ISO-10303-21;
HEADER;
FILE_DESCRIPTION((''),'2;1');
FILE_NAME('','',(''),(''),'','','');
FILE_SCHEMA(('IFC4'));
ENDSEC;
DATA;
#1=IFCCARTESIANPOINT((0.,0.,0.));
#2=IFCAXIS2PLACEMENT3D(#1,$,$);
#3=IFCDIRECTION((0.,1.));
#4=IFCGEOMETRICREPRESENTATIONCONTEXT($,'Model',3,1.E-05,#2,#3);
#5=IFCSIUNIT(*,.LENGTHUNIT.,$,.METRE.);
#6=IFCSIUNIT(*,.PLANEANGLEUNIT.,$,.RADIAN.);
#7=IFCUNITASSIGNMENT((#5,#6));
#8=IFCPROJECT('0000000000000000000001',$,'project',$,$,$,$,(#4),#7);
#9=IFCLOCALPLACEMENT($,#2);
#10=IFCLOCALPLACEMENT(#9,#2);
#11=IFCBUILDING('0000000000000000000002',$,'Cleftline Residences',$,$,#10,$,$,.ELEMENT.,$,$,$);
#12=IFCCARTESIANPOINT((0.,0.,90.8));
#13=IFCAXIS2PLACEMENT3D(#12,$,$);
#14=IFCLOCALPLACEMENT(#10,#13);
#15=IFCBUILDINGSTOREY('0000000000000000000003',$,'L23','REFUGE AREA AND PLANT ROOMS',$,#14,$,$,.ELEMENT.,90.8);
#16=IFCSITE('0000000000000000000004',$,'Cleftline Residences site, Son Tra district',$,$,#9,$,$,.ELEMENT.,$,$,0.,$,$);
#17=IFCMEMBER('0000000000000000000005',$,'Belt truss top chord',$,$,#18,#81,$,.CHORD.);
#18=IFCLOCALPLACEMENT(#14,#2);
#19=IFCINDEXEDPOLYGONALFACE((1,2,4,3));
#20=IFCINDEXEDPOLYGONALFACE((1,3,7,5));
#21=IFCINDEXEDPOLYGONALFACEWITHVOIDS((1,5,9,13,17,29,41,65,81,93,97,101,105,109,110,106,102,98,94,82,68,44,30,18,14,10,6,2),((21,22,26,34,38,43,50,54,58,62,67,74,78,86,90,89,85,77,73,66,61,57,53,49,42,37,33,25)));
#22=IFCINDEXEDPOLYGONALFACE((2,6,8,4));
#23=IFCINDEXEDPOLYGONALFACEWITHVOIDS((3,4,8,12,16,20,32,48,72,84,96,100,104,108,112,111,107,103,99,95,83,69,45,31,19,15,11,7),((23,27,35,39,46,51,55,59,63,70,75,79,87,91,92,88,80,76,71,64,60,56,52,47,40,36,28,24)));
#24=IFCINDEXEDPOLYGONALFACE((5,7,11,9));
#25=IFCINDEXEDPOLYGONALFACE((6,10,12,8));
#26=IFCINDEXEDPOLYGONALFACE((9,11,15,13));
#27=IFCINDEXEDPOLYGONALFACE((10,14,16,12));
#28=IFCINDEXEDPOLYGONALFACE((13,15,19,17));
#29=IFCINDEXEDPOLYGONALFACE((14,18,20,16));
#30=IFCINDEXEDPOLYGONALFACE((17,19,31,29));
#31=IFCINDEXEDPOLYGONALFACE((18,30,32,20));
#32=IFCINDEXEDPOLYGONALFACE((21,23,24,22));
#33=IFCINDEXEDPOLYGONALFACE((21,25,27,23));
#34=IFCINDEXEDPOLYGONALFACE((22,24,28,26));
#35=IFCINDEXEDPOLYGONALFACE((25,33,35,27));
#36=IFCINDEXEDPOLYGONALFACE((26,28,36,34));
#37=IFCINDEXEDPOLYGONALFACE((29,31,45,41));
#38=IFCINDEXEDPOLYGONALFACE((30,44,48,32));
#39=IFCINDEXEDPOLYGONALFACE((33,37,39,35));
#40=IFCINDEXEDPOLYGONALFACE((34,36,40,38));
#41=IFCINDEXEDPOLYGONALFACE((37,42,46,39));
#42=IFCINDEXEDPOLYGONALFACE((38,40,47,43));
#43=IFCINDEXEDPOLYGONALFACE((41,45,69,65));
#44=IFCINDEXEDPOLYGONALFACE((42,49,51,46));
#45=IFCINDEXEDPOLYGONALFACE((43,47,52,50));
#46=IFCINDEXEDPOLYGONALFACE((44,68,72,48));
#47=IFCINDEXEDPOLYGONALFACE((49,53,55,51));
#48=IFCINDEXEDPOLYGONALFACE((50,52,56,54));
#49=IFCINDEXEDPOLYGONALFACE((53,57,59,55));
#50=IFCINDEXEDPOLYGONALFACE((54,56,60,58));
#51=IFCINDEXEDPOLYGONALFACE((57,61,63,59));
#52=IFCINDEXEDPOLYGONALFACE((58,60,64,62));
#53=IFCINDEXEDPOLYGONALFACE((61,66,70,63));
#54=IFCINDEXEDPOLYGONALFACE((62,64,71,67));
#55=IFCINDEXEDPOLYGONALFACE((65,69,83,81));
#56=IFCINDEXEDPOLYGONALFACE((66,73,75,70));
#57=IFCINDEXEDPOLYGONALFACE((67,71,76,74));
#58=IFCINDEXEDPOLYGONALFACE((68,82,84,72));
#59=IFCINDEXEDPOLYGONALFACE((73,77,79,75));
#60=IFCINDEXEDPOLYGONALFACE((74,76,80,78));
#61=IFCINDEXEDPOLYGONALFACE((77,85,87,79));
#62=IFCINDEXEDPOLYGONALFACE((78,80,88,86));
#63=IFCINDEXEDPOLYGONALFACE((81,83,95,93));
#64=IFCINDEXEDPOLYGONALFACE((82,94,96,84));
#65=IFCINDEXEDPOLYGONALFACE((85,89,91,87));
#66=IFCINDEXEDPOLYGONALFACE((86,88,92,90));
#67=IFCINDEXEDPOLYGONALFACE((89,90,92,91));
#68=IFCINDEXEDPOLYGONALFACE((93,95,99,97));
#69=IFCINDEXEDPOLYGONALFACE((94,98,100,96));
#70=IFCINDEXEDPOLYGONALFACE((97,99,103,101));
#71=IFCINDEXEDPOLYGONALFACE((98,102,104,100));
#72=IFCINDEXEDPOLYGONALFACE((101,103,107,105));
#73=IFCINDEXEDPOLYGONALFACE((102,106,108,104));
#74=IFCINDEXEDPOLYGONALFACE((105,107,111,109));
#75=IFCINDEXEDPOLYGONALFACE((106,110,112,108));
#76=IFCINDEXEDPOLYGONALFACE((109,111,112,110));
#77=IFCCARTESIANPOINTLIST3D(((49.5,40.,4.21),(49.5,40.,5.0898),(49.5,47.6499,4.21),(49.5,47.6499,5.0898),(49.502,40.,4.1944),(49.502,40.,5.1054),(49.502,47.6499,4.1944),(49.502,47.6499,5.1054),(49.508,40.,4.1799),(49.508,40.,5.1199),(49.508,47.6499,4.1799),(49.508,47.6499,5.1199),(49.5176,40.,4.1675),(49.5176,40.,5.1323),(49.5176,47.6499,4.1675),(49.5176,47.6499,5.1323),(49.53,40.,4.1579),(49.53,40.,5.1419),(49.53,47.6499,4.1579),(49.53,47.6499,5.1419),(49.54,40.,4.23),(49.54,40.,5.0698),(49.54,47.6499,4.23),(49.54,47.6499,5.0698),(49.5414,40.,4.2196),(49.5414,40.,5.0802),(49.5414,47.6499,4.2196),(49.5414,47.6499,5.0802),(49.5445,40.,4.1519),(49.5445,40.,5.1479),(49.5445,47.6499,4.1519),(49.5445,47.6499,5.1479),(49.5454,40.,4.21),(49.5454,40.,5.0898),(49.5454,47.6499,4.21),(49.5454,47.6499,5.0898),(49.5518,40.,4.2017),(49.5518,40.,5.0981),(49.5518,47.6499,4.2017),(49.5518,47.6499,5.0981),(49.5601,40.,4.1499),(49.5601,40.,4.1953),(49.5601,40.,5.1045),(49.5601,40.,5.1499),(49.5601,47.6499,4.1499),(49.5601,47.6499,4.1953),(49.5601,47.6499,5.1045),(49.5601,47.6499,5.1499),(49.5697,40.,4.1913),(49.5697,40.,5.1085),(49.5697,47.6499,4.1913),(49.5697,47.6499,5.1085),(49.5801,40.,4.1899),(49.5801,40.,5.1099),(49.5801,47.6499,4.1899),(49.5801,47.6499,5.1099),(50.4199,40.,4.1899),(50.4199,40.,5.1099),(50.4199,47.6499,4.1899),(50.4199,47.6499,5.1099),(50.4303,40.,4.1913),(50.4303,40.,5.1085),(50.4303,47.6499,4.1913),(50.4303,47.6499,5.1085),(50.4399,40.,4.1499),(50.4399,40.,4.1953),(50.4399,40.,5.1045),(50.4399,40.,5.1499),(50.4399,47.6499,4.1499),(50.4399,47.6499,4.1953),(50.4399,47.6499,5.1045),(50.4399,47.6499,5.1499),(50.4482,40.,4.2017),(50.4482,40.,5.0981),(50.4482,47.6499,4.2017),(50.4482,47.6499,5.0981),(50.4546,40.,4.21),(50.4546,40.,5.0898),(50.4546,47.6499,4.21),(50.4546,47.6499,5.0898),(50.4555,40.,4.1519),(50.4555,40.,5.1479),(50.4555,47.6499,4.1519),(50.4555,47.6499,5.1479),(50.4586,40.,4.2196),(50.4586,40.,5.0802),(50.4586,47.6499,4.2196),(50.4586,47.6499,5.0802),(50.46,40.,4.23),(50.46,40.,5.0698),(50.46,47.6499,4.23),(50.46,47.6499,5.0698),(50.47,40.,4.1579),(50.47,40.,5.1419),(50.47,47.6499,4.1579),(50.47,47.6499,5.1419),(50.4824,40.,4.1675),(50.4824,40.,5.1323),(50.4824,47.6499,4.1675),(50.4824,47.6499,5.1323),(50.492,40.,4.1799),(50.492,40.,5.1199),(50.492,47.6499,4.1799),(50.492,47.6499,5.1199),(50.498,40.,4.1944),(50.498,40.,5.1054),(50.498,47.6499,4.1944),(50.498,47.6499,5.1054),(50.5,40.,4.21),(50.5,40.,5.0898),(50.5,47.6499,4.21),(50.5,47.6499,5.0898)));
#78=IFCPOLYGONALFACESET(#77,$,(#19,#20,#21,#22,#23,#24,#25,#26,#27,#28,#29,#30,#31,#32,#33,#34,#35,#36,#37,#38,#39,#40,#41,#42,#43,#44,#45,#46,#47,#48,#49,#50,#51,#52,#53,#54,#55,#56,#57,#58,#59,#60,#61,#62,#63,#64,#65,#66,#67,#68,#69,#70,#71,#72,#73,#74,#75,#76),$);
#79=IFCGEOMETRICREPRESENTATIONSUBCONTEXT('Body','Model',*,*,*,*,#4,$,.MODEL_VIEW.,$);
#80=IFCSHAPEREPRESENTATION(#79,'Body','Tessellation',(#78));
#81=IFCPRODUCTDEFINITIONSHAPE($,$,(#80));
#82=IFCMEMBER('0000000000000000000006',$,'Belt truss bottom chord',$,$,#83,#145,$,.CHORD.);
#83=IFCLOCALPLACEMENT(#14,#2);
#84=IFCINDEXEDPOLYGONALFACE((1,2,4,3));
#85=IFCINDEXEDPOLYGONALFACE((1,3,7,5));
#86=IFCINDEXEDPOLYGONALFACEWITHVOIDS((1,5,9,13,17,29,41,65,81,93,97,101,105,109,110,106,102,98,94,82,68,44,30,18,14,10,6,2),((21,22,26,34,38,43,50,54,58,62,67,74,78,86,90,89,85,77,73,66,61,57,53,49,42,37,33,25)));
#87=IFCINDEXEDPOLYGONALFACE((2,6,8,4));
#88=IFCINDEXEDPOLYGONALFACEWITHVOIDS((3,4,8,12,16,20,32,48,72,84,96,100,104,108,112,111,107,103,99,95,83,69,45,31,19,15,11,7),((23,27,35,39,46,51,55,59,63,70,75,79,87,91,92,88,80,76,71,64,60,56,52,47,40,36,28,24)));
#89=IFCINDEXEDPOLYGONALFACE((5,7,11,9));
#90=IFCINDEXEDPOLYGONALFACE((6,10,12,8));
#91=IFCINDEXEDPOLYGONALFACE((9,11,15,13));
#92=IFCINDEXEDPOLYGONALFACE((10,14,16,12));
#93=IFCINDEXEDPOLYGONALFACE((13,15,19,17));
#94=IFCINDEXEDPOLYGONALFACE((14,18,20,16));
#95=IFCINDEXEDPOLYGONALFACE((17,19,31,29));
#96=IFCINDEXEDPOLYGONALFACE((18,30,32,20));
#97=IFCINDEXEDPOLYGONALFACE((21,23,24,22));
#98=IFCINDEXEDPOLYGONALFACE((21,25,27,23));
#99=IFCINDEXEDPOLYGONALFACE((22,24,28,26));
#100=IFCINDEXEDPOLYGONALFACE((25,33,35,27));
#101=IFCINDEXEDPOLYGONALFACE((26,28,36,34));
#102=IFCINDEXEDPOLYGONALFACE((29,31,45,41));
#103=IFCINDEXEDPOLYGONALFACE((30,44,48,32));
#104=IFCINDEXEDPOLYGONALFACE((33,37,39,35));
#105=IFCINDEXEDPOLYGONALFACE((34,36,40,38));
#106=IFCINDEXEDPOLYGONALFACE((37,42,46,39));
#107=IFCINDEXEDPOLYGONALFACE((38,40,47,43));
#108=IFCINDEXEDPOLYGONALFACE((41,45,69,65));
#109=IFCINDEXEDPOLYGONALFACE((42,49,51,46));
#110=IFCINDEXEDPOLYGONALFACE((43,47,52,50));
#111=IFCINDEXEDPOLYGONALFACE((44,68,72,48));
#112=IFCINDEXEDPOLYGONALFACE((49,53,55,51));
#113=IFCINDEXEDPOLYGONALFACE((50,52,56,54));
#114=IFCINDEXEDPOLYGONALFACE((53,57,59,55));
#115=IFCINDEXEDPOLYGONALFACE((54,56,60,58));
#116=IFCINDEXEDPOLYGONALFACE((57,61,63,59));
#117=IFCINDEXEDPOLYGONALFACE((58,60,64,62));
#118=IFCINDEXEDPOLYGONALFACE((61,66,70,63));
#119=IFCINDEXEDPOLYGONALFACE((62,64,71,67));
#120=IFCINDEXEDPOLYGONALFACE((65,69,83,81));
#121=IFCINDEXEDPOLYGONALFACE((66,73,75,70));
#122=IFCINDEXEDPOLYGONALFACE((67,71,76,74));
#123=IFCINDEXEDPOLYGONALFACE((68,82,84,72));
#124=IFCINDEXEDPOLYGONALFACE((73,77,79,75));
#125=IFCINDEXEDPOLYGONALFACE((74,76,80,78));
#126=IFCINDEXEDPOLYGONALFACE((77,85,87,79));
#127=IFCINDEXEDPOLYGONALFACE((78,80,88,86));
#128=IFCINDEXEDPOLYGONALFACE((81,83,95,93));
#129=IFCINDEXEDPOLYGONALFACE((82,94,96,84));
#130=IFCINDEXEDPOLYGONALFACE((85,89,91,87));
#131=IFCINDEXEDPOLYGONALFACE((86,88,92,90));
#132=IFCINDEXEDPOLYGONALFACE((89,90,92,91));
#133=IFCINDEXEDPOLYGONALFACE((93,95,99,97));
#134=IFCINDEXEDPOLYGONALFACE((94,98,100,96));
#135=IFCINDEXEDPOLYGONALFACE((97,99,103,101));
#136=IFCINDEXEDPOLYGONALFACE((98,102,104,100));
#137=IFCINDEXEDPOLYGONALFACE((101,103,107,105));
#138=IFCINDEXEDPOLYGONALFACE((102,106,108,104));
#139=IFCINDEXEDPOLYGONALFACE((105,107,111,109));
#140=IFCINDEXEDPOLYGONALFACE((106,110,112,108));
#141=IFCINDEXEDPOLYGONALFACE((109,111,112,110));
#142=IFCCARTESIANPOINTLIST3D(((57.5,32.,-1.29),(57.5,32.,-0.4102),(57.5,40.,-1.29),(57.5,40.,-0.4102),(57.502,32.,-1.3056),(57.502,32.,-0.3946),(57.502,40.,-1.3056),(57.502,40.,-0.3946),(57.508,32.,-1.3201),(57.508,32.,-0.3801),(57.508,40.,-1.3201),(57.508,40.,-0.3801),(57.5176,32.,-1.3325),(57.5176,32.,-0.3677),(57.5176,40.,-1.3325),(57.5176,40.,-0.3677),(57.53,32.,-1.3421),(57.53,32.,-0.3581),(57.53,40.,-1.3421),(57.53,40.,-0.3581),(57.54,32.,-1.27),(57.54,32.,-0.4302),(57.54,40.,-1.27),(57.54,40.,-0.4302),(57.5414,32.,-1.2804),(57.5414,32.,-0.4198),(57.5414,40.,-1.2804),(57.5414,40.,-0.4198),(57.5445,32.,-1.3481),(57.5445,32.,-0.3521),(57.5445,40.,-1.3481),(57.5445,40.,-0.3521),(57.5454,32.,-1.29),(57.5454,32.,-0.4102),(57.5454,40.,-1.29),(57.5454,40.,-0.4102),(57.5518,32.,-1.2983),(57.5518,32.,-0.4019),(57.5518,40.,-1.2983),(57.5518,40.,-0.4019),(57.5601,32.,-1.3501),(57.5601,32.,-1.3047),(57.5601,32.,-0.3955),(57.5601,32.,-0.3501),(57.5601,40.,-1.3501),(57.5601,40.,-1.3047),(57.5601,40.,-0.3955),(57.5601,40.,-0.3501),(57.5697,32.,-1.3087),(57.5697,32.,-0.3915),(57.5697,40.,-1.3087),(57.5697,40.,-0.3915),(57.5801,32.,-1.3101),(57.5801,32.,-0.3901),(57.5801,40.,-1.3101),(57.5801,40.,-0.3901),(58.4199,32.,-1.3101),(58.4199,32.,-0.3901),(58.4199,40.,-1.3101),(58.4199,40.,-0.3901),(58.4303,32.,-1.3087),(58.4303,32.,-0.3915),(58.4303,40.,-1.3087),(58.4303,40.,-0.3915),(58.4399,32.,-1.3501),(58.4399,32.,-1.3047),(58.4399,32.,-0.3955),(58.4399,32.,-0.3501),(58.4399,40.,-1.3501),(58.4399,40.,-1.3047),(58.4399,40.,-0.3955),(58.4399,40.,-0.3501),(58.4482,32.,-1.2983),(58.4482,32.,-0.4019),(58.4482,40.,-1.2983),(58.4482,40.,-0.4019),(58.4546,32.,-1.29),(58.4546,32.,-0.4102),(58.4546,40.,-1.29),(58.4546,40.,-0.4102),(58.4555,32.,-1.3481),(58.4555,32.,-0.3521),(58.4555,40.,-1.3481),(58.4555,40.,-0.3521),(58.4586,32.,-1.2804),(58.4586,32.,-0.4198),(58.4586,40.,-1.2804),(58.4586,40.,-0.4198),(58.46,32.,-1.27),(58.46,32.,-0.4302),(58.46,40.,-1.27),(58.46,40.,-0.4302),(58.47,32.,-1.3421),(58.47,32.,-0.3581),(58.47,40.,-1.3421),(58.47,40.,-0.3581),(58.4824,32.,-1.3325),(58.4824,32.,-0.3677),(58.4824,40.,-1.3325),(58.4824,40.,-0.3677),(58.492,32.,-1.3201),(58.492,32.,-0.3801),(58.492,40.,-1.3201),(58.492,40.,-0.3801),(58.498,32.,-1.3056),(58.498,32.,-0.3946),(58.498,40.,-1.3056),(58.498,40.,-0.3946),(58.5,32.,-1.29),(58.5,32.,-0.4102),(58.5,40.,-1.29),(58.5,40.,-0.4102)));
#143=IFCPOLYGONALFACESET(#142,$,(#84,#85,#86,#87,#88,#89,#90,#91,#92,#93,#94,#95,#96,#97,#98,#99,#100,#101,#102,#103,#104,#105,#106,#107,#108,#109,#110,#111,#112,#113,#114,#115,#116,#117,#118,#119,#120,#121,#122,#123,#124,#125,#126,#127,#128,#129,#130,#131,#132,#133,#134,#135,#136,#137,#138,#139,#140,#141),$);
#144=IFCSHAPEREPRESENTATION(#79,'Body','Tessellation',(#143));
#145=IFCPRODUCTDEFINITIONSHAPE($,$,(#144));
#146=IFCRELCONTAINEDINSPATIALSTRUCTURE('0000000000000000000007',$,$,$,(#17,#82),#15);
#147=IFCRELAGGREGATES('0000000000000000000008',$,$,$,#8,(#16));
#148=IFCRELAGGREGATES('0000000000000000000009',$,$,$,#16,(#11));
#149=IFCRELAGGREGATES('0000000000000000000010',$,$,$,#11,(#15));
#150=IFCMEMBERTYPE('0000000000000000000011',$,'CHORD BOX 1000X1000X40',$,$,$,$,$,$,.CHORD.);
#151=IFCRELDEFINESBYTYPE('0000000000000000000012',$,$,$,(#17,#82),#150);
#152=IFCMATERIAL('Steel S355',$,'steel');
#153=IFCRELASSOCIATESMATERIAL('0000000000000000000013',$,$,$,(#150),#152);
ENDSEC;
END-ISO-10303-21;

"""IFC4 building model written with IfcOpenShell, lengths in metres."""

from ifc_helpers import new_model, si_unit, direction, frame, origin, origin_2d, place, context, subcontext, project, spatial, hollow_rectangle, extrude, material, material_profile, profile_set, type_object, element, save


model = new_model("IFC4")

# Units and contexts
model_context = context("Model", 3, precision=1e-05, world=origin(), true_north=direction((0.0, 1.0)))
body_context = subcontext(model_context, "Body", "Model", "MODEL_VIEW")
ifc_project = project(units=[si_unit("LENGTHUNIT", "METRE"), si_unit("PLANEANGLEUNIT", "RADIAN")], contexts=[model_context])

# Site, building, storey
site_placement = place(None, origin())
site = spatial("IfcSite", under=ifc_project, at=site_placement, Name="Cleftline Residences site, Son Tra district", CompositionType="ELEMENT", RefElevation=0.0)
building_placement = place(site_placement, origin())
building = spatial("IfcBuilding", under=site, at=building_placement, Name="Cleftline Residences", CompositionType="ELEMENT")
storey_placement = place(building_placement, frame((0.0, 0.0, 90.8)))
storey = spatial("IfcBuildingStorey", under=building, at=storey_placement, Name="L23", Description="REFUGE AREA AND PLANT ROOMS", CompositionType="ELEMENT", Elevation=90.8)

# Members
ifc_material_1 = material(Name="Steel S355", Category="steel")
ifc_material_profile_1 = material_profile(ifc_material_1, hollow_rectangle(XDim=1.0, YDim=1.0, WallThickness=0.04, InnerFilletRadius=0.04, OuterFilletRadius=0.0601, at=origin_2d()))
ifc_profile_set_1 = profile_set([ifc_material_profile_1], Name="Steel S355")
member_type_1 = type_object("IfcMemberType", Name="CHORD BOX 1000X1000X40", PredefinedType="CHORD", material=ifc_profile_set_1)
for number, where, z_axis, x_axis, name in (
    (1, (50.0, 40.0, 4.6499), (0.0, 1.0, 0.0), (-1.0, 0.0, 0.0), "Belt truss top chord"),
):
    element("IfcMember", number, at=place(storey_placement, frame(where, z_axis=z_axis, x_axis=x_axis)), inside=storey, type_object=member_type_1, Name=name, PredefinedType="CHORD", context=body_context, shape_type="SweptSolid", body=[
        extrude(hollow_rectangle(XDim=1.0, YDim=1.0, WallThickness=0.04, InnerFilletRadius=0.04, OuterFilletRadius=0.0601, at=origin_2d()), origin(), (0.0, 0.0, 1.0), 7.6499),
    ])
member_1_placement = place(storey_placement, frame((58.0, 32.0, -0.8501), z_axis=(0.0, 1.0, 0.0), x_axis=(-1.0, 0.0, 0.0)))
element("IfcMember", 2, at=member_1_placement, inside=storey, type_object=member_type_1, Name="Belt truss bottom chord", PredefinedType="CHORD", context=body_context, shape_type="SweptSolid", body=[
    extrude(hollow_rectangle(XDim=1.0, YDim=1.0, WallThickness=0.04, InnerFilletRadius=0.04, OuterFilletRadius=0.0601, at=origin_2d()), origin(), (0.0, 0.0, 1.0), 8.0),
])

save(model, "model.ifc")
